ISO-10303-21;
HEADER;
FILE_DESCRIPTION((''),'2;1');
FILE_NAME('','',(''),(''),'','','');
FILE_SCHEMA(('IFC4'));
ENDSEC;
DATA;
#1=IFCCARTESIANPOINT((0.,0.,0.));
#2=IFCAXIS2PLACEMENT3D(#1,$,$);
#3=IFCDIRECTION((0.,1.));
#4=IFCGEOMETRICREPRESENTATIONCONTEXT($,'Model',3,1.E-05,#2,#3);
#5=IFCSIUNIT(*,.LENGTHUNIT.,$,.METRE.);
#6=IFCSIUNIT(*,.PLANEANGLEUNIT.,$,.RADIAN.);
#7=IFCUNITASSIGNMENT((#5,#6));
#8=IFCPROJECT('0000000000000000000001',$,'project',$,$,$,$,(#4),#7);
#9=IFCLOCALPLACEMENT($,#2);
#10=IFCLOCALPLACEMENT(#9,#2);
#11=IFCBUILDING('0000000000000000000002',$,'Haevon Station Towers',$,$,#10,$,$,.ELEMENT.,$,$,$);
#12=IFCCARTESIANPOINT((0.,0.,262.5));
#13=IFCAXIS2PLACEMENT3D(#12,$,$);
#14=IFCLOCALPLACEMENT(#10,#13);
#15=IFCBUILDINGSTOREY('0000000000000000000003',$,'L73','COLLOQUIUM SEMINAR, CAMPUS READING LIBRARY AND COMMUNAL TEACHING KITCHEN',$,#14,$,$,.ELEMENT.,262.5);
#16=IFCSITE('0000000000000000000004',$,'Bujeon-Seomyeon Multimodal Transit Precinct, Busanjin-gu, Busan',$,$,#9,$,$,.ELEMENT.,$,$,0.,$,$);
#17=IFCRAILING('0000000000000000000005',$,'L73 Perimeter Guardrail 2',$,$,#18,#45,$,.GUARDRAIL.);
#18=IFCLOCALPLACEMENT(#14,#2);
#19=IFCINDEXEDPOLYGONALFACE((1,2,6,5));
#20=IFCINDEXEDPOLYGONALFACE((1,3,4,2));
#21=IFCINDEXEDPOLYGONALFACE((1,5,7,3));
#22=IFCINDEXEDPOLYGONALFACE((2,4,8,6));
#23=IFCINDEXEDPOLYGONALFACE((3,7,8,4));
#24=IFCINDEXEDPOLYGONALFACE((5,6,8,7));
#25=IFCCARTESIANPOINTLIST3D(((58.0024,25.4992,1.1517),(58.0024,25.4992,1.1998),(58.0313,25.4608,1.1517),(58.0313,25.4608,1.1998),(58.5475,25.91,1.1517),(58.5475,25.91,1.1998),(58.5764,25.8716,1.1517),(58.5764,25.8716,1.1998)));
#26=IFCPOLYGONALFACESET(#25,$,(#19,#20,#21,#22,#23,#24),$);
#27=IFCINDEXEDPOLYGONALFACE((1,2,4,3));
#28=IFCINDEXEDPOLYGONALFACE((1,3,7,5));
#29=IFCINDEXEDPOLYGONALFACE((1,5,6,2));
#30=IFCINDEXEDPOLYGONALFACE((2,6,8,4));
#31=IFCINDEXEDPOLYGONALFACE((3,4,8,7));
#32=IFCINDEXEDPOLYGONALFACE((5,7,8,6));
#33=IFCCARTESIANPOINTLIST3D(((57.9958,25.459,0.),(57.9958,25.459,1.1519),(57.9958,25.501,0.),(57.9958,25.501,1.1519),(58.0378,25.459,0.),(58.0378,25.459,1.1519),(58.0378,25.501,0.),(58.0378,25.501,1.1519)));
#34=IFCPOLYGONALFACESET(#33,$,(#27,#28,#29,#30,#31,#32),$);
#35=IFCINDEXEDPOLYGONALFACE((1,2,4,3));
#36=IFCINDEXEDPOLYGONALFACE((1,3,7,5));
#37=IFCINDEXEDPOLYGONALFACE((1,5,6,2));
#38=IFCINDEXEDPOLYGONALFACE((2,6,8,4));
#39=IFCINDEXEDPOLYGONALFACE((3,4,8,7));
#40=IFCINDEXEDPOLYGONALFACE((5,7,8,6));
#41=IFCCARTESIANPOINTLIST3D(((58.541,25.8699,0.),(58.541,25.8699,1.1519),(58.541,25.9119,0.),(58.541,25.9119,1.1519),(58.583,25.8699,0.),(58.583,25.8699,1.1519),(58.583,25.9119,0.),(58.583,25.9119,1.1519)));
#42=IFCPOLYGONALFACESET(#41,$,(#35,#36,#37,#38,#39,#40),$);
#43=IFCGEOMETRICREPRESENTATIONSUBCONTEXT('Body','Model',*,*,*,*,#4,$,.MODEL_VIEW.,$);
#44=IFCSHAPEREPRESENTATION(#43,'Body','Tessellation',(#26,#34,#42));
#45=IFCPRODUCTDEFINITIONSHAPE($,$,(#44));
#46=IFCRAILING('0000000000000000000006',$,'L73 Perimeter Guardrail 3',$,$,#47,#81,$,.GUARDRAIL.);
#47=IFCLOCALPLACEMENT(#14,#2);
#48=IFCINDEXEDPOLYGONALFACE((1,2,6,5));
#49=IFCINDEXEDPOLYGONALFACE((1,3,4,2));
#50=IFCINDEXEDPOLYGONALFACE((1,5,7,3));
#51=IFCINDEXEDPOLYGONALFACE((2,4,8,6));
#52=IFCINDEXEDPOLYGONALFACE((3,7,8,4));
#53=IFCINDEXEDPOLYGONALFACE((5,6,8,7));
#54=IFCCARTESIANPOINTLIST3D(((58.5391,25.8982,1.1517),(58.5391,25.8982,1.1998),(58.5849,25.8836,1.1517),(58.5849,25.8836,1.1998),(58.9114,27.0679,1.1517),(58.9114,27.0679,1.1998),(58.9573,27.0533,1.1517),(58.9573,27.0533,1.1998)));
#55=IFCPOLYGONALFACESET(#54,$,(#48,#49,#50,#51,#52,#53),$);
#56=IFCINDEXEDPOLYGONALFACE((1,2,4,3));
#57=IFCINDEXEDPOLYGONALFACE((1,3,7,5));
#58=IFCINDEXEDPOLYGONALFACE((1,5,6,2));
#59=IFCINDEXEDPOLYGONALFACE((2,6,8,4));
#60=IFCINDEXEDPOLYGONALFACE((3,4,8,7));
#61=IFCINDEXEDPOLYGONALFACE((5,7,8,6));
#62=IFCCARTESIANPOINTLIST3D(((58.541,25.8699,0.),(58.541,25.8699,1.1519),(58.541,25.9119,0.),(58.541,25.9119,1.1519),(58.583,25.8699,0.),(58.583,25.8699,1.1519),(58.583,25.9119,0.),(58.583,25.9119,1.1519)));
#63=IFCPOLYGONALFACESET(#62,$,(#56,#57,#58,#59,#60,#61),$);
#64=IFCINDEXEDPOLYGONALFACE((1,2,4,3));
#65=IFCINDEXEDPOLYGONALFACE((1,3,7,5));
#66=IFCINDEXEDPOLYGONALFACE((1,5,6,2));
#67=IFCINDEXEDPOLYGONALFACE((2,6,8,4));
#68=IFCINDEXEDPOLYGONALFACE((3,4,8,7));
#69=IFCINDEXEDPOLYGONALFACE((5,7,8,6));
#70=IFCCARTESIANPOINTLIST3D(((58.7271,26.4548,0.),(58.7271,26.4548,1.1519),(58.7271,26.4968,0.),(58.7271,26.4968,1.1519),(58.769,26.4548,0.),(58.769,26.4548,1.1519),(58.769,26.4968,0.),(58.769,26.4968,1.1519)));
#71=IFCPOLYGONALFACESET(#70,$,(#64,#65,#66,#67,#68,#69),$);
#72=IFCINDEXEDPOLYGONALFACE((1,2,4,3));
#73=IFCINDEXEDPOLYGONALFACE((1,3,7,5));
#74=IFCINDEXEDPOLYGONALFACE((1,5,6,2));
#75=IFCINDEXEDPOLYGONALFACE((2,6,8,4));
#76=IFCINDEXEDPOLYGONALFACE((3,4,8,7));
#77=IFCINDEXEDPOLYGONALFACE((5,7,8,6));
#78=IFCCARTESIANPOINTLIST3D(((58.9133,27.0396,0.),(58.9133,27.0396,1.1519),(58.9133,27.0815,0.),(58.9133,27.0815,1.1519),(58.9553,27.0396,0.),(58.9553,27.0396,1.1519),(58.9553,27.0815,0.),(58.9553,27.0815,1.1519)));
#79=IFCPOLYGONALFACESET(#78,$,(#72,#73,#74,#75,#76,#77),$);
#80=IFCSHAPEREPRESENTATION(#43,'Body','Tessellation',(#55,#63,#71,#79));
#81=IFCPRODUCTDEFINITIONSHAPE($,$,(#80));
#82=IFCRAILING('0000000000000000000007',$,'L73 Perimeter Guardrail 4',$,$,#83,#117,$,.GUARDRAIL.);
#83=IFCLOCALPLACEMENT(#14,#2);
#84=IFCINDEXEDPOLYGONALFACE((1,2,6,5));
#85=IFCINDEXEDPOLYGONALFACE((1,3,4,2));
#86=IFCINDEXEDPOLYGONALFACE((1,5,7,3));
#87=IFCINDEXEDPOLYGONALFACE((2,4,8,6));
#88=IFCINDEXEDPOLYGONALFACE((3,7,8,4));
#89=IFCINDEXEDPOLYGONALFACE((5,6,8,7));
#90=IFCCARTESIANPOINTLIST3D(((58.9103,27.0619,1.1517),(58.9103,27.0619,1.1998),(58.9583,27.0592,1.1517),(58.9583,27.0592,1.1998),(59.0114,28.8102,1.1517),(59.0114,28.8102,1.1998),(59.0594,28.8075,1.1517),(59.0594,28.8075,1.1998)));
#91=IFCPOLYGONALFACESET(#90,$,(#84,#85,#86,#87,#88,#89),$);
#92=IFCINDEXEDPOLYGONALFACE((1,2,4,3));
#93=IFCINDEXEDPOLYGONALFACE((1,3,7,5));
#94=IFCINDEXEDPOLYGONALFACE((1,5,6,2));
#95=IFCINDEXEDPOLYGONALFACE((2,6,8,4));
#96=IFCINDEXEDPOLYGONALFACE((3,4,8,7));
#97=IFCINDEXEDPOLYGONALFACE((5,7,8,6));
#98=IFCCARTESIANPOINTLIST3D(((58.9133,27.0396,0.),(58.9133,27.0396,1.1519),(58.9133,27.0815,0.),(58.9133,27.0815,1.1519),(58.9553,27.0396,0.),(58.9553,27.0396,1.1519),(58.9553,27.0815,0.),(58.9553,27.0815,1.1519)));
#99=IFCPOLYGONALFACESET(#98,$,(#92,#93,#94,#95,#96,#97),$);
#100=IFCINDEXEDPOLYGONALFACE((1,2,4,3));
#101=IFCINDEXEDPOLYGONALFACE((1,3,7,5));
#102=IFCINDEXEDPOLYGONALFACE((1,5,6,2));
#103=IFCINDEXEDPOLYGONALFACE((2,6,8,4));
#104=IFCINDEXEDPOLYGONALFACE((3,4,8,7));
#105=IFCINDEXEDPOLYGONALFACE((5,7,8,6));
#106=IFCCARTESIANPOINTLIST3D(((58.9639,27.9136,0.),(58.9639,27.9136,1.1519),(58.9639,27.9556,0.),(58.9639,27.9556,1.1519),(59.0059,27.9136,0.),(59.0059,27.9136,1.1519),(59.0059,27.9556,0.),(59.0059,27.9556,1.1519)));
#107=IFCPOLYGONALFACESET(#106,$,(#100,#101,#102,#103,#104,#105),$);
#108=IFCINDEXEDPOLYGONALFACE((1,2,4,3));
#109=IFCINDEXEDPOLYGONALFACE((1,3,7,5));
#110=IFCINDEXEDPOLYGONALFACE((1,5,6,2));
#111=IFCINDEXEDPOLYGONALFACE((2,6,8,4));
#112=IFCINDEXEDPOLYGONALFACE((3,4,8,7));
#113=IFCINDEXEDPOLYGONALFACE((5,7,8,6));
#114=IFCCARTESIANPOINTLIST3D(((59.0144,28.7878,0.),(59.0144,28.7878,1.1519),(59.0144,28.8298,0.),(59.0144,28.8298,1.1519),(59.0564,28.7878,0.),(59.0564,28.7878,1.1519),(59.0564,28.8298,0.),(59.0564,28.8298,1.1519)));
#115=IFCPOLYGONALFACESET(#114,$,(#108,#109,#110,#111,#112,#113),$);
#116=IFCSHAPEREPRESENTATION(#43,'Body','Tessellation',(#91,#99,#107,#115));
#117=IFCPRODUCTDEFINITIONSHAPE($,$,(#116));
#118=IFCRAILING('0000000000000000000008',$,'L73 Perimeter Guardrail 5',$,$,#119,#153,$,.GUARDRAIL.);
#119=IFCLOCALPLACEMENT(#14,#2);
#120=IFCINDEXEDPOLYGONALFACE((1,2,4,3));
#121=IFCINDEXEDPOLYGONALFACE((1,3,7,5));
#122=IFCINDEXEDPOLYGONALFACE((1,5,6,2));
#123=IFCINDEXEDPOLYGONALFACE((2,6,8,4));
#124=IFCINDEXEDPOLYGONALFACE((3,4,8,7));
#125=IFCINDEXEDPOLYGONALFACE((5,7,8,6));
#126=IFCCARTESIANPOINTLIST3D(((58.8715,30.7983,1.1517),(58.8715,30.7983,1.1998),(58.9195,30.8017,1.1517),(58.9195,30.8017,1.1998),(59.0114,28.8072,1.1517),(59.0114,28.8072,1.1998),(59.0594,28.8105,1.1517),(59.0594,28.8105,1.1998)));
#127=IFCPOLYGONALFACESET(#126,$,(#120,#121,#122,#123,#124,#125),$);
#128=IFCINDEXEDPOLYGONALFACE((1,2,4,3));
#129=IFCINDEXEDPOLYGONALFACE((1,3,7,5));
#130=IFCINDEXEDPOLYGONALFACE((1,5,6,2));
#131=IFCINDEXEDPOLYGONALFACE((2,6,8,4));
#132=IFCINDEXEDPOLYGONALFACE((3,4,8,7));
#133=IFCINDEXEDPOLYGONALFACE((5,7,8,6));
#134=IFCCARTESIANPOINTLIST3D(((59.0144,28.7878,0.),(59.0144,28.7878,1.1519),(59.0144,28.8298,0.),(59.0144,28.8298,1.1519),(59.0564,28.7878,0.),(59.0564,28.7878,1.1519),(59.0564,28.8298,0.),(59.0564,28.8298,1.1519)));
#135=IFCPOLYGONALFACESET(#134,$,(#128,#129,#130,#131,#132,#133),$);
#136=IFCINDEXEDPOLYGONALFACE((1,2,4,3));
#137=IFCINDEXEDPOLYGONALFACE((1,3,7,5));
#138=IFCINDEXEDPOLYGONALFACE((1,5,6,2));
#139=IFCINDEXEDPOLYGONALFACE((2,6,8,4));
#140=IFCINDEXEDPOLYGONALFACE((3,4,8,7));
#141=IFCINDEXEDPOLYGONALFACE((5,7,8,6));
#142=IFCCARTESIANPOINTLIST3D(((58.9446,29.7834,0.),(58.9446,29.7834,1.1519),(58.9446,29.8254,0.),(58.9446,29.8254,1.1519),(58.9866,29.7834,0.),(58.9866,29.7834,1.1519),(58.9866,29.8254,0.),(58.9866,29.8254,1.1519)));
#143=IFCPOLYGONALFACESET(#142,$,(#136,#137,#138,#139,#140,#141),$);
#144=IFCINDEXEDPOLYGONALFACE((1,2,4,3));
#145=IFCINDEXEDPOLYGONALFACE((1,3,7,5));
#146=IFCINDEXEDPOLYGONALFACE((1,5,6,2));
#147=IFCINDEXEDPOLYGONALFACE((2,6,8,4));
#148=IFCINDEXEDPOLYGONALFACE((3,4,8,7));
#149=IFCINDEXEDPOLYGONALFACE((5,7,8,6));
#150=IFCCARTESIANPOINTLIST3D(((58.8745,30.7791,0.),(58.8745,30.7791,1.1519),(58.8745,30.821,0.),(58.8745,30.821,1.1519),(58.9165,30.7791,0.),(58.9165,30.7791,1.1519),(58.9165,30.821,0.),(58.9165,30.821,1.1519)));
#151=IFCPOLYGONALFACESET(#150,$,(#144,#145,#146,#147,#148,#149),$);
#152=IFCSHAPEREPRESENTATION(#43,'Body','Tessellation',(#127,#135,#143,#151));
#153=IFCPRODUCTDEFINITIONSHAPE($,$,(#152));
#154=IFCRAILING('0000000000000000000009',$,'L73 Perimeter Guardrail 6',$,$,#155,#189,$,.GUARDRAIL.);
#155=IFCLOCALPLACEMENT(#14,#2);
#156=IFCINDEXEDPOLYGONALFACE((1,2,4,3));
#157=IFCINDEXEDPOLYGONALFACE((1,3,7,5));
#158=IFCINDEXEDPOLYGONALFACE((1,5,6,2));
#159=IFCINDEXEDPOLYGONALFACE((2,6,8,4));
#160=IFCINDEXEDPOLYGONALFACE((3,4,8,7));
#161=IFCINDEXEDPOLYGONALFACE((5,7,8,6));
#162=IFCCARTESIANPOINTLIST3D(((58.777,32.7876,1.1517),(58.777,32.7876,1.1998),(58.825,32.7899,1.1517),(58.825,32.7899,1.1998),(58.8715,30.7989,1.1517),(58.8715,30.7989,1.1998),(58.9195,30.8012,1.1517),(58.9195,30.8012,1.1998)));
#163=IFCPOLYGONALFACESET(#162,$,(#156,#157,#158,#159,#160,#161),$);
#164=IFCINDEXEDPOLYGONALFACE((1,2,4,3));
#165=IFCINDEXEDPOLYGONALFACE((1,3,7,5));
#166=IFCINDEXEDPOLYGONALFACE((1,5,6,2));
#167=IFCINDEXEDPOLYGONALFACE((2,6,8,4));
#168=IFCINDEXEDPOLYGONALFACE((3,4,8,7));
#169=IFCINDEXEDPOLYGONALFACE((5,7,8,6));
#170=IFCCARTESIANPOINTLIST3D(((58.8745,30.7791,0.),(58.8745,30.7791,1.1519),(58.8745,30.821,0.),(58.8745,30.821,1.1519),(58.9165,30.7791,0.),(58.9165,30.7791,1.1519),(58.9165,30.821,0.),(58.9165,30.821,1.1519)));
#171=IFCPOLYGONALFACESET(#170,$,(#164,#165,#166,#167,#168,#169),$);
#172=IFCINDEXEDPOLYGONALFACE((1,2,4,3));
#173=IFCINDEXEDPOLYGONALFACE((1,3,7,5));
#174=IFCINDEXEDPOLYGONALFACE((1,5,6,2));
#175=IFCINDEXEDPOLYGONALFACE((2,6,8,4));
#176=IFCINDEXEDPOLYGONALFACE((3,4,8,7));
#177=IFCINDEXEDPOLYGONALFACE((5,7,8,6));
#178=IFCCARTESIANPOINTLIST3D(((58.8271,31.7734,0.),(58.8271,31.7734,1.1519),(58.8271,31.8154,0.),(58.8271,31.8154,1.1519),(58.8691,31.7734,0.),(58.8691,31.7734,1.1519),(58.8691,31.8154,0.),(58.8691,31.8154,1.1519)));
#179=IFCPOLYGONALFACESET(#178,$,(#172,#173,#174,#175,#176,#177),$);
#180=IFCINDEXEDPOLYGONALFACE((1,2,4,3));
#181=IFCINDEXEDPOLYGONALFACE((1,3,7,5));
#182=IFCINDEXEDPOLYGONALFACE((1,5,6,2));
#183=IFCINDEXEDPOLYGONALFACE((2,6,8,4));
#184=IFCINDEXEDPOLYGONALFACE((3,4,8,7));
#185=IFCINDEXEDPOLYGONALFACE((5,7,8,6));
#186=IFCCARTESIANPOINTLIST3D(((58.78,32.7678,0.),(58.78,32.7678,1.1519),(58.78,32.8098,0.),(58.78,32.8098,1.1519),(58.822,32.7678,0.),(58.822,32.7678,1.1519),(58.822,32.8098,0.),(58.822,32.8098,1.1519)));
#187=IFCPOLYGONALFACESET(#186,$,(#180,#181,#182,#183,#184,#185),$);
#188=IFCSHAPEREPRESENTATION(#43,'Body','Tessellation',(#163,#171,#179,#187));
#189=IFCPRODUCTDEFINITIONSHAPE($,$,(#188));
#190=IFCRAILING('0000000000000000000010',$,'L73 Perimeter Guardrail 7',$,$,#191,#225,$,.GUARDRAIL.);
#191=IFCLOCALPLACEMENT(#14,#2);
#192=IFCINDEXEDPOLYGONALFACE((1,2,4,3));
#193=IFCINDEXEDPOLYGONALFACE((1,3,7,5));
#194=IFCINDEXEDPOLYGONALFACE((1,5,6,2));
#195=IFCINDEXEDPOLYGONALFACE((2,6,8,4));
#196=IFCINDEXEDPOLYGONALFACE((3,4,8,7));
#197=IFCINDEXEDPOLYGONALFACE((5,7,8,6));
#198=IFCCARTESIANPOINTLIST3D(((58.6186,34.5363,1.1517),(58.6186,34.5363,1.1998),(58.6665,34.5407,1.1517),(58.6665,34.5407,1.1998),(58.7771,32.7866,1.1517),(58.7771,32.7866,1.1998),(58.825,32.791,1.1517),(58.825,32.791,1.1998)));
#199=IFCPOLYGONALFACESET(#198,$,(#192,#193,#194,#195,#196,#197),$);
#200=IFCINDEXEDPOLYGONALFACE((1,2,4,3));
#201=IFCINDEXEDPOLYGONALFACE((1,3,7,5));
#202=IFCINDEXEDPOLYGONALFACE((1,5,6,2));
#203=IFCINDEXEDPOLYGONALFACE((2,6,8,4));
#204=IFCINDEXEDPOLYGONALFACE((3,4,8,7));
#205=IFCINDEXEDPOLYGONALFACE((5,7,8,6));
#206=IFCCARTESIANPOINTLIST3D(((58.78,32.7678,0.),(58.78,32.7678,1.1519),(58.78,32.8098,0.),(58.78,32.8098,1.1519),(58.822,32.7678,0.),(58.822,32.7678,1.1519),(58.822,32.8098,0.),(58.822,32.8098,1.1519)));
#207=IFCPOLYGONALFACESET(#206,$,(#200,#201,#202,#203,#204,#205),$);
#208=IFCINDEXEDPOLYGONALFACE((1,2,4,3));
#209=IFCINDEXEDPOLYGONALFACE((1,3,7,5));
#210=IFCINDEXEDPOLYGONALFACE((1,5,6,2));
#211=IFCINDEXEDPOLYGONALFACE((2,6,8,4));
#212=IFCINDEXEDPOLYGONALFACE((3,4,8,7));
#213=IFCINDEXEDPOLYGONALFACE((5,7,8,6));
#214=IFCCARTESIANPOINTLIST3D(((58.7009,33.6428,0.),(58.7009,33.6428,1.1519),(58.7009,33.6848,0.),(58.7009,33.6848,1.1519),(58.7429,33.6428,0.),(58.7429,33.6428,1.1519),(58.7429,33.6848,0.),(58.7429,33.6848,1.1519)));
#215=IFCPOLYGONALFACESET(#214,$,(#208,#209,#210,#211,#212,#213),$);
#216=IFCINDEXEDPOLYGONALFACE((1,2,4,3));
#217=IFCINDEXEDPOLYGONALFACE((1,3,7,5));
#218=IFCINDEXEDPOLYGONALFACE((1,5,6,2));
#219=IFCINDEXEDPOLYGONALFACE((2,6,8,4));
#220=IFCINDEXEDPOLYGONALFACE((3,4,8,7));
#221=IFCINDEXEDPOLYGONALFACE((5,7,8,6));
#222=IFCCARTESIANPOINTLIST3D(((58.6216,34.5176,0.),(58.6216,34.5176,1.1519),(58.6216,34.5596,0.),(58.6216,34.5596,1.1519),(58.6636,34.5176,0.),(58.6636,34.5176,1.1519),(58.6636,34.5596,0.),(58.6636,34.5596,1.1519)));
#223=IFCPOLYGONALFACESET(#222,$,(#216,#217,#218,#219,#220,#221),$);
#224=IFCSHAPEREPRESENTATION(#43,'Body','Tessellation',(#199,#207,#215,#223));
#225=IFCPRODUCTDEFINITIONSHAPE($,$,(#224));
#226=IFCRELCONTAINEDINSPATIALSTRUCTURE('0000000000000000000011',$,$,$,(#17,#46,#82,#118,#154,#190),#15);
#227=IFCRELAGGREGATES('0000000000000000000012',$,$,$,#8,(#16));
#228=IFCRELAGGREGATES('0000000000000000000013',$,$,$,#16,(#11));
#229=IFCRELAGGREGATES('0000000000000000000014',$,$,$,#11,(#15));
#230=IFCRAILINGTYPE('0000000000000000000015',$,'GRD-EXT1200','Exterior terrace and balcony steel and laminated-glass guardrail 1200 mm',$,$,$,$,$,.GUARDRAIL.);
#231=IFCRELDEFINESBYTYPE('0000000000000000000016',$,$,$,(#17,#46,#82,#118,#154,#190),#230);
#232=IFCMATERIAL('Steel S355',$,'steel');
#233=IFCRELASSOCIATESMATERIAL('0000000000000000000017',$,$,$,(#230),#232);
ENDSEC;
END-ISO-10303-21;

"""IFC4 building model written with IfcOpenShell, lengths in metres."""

from ifc_helpers import new_model, si_unit, direction, frame, origin, origin_2d, place, context, subcontext, project, spatial, rectangle, extrude, material, type_object, element, save


model = new_model("IFC4")

# Units and contexts
model_context = context("Model", 3, precision=1e-05, world=origin(), true_north=direction((0.0, 1.0)))
body_context = subcontext(model_context, "Body", "Model", "MODEL_VIEW")
ifc_project = project(units=[si_unit("LENGTHUNIT", "METRE"), si_unit("PLANEANGLEUNIT", "RADIAN")], contexts=[model_context])

# Site, building, storey
site_placement = place(None, origin())
site = spatial("IfcSite", under=ifc_project, at=site_placement, Name="Bujeon-Seomyeon Multimodal Transit Precinct, Busanjin-gu, Busan", CompositionType="ELEMENT", RefElevation=0.0)
building_placement = place(site_placement, origin())
building = spatial("IfcBuilding", under=site, at=building_placement, Name="Haevon Station Towers", CompositionType="ELEMENT")
storey_placement = place(building_placement, frame((0.0, 0.0, 262.5)))
storey = spatial("IfcBuildingStorey", under=building, at=storey_placement, Name="L73", Description="COLLOQUIUM SEMINAR, CAMPUS READING LIBRARY AND COMMUNAL TEACHING KITCHEN", CompositionType="ELEMENT", Elevation=262.5)

# Shared definitions
ifc_material_1 = material(Name="Steel S355", Category="steel")

# Railings
railing_type = type_object("IfcRailingType", Name="GRD-EXT1200", Description="Exterior terrace and balcony steel and laminated-glass guardrail 1200 mm", PredefinedType="GUARDRAIL", material=ifc_material_1)
railing_1_placement = place(storey_placement, frame((58.0168, 25.48, 0.0)))
element("IfcRailing", 1, at=railing_1_placement, inside=storey, type_object=railing_type, Name="L73 Perimeter Guardrail 2", PredefinedType="GUARDRAIL", context=body_context, shape_type="SweptSolid", body=[
    extrude(rectangle(XDim=0.0481, YDim=0.0481, at=origin_2d()), frame((0.0, 0.0, 1.1758), z_axis=(0.798582, 0.601887, 0.0), x_axis=(-0.601887, 0.798582, 0.0)), (0.0, 0.0, 1.0), 0.6826),
    extrude(rectangle(XDim=0.042, YDim=0.042, at=origin_2d()), origin(), (0.0, 0.0, 1.0), 1.1519),
    extrude(rectangle(XDim=0.042, YDim=0.042, at=origin_2d()), frame((0.5452, 0.4109, 0.0)), (0.0, 0.0, 1.0), 1.1519),
])
railing_2_placement = place(storey_placement, frame((58.562, 25.8909, 0.0)))
element("IfcRailing", 2, at=railing_2_placement, inside=storey, type_object=railing_type, Name="L73 Perimeter Guardrail 3", PredefinedType="GUARDRAIL", context=body_context, shape_type="SweptSolid", body=[
    extrude(rectangle(XDim=0.0481, YDim=0.0481, at=origin_2d()), frame((0.0, 0.0, 1.1758), z_axis=(0.30331, 0.952892, 0.0), x_axis=(-0.952892, 0.30331, 0.0)), (0.0, 0.0, 1.0), 1.2275),
    extrude(rectangle(XDim=0.042, YDim=0.042, at=origin_2d()), origin(), (0.0, 0.0, 1.0), 1.1519),
    extrude(rectangle(XDim=0.042, YDim=0.042, at=origin_2d()), frame((0.186, 0.585, 0.0)), (0.0, 0.0, 1.0), 1.1519),
    extrude(rectangle(XDim=0.042, YDim=0.042, at=origin_2d()), frame((0.3723, 1.1697, 0.0)), (0.0, 0.0, 1.0), 1.1519),
])
railing_3_placement = place(storey_placement, frame((58.9343, 27.0605, 0.0)))
element("IfcRailing", 3, at=railing_3_placement, inside=storey, type_object=railing_type, Name="L73 Perimeter Guardrail 4", PredefinedType="GUARDRAIL", context=body_context, shape_type="SweptSolid", body=[
    extrude(rectangle(XDim=0.0481, YDim=0.0481, at=origin_2d()), frame((0.0, 0.0, 1.1758), z_axis=(0.057717, 0.998333, 0.0), x_axis=(-0.998333, 0.057717, 0.0)), (0.0, 0.0, 1.0), 1.7512),
    extrude(rectangle(XDim=0.042, YDim=0.042, at=origin_2d()), origin(), (0.0, 0.0, 1.0), 1.1519),
    extrude(rectangle(XDim=0.042, YDim=0.042, at=origin_2d()), frame((0.0505, 0.874, 0.0)), (0.0, 0.0, 1.0), 1.1519),
    extrude(rectangle(XDim=0.042, YDim=0.042, at=origin_2d()), frame((0.1011, 1.7483, 0.0)), (0.0, 0.0, 1.0), 1.1519),
])
railing_4_placement = place(storey_placement, frame((59.0354, 28.8088, 0.0)))
element("IfcRailing", 4, at=railing_4_placement, inside=storey, type_object=railing_type, Name="L73 Perimeter Guardrail 5", PredefinedType="GUARDRAIL", context=body_context, shape_type="SweptSolid", body=[
    extrude(rectangle(XDim=0.0481, YDim=0.0481, at=origin_2d()), frame((0.0, 0.0, 1.1758), z_axis=(-0.070082, 0.997541, 0.0), x_axis=(-0.997541, -0.070082, 0.0)), (0.0, 0.0, 1.0), 1.9961),
    extrude(rectangle(XDim=0.042, YDim=0.042, at=origin_2d()), origin(), (0.0, 0.0, 1.0), 1.1519),
    extrude(rectangle(XDim=0.042, YDim=0.042, at=origin_2d()), frame((-0.0698, 0.9956, 0.0)), (0.0, 0.0, 1.0), 1.1519),
    extrude(rectangle(XDim=0.042, YDim=0.042, at=origin_2d()), frame((-0.1399, 1.9912, 0.0)), (0.0, 0.0, 1.0), 1.1519),
])
railing_5_placement = place(storey_placement, frame((58.8955, 30.8, 0.0)))
element("IfcRailing", 5, at=railing_5_placement, inside=storey, type_object=railing_type, Name="L73 Perimeter Guardrail 6", PredefinedType="GUARDRAIL", context=body_context, shape_type="SweptSolid", body=[
    extrude(rectangle(XDim=0.0481, YDim=0.0481, at=origin_2d()), frame((0.0, 0.0, 1.1758), z_axis=(-0.047454, 0.998873, 0.0), x_axis=(-0.998873, -0.047454, 0.0)), (0.0, 0.0, 1.0), 1.991),
    extrude(rectangle(XDim=0.042, YDim=0.042, at=origin_2d()), origin(), (0.0, 0.0, 1.0), 1.1519),
    extrude(rectangle(XDim=0.042, YDim=0.042, at=origin_2d()), frame((-0.0474, 0.9944, 0.0)), (0.0, 0.0, 1.0), 1.1519),
    extrude(rectangle(XDim=0.042, YDim=0.042, at=origin_2d()), frame((-0.0945, 1.9888, 0.0)), (0.0, 0.0, 1.0), 1.1519),
])
railing_6_placement = place(storey_placement, frame((58.801, 32.7888, 0.0)))
element("IfcRailing", 6, at=railing_6_placement, inside=storey, type_object=railing_type, Name="L73 Perimeter Guardrail 7", PredefinedType="GUARDRAIL", context=body_context, shape_type="SweptSolid", body=[
    extrude(rectangle(XDim=0.0481, YDim=0.0481, at=origin_2d()), frame((0.0, 0.0, 1.1758), z_axis=(-0.090185, 0.995925, 0.0), x_axis=(-0.995925, -0.090185, 0.0)), (0.0, 0.0, 1.0), 1.7568),
    extrude(rectangle(XDim=0.042, YDim=0.042, at=origin_2d()), origin(), (0.0, 0.0, 1.0), 1.1519),
    extrude(rectangle(XDim=0.042, YDim=0.042, at=origin_2d()), frame((-0.0791, 0.875, 0.0)), (0.0, 0.0, 1.0), 1.1519),
    extrude(rectangle(XDim=0.042, YDim=0.042, at=origin_2d()), frame((-0.1584, 1.7498, 0.0)), (0.0, 0.0, 1.0), 1.1519),
])

save(model, "model.ifc")
